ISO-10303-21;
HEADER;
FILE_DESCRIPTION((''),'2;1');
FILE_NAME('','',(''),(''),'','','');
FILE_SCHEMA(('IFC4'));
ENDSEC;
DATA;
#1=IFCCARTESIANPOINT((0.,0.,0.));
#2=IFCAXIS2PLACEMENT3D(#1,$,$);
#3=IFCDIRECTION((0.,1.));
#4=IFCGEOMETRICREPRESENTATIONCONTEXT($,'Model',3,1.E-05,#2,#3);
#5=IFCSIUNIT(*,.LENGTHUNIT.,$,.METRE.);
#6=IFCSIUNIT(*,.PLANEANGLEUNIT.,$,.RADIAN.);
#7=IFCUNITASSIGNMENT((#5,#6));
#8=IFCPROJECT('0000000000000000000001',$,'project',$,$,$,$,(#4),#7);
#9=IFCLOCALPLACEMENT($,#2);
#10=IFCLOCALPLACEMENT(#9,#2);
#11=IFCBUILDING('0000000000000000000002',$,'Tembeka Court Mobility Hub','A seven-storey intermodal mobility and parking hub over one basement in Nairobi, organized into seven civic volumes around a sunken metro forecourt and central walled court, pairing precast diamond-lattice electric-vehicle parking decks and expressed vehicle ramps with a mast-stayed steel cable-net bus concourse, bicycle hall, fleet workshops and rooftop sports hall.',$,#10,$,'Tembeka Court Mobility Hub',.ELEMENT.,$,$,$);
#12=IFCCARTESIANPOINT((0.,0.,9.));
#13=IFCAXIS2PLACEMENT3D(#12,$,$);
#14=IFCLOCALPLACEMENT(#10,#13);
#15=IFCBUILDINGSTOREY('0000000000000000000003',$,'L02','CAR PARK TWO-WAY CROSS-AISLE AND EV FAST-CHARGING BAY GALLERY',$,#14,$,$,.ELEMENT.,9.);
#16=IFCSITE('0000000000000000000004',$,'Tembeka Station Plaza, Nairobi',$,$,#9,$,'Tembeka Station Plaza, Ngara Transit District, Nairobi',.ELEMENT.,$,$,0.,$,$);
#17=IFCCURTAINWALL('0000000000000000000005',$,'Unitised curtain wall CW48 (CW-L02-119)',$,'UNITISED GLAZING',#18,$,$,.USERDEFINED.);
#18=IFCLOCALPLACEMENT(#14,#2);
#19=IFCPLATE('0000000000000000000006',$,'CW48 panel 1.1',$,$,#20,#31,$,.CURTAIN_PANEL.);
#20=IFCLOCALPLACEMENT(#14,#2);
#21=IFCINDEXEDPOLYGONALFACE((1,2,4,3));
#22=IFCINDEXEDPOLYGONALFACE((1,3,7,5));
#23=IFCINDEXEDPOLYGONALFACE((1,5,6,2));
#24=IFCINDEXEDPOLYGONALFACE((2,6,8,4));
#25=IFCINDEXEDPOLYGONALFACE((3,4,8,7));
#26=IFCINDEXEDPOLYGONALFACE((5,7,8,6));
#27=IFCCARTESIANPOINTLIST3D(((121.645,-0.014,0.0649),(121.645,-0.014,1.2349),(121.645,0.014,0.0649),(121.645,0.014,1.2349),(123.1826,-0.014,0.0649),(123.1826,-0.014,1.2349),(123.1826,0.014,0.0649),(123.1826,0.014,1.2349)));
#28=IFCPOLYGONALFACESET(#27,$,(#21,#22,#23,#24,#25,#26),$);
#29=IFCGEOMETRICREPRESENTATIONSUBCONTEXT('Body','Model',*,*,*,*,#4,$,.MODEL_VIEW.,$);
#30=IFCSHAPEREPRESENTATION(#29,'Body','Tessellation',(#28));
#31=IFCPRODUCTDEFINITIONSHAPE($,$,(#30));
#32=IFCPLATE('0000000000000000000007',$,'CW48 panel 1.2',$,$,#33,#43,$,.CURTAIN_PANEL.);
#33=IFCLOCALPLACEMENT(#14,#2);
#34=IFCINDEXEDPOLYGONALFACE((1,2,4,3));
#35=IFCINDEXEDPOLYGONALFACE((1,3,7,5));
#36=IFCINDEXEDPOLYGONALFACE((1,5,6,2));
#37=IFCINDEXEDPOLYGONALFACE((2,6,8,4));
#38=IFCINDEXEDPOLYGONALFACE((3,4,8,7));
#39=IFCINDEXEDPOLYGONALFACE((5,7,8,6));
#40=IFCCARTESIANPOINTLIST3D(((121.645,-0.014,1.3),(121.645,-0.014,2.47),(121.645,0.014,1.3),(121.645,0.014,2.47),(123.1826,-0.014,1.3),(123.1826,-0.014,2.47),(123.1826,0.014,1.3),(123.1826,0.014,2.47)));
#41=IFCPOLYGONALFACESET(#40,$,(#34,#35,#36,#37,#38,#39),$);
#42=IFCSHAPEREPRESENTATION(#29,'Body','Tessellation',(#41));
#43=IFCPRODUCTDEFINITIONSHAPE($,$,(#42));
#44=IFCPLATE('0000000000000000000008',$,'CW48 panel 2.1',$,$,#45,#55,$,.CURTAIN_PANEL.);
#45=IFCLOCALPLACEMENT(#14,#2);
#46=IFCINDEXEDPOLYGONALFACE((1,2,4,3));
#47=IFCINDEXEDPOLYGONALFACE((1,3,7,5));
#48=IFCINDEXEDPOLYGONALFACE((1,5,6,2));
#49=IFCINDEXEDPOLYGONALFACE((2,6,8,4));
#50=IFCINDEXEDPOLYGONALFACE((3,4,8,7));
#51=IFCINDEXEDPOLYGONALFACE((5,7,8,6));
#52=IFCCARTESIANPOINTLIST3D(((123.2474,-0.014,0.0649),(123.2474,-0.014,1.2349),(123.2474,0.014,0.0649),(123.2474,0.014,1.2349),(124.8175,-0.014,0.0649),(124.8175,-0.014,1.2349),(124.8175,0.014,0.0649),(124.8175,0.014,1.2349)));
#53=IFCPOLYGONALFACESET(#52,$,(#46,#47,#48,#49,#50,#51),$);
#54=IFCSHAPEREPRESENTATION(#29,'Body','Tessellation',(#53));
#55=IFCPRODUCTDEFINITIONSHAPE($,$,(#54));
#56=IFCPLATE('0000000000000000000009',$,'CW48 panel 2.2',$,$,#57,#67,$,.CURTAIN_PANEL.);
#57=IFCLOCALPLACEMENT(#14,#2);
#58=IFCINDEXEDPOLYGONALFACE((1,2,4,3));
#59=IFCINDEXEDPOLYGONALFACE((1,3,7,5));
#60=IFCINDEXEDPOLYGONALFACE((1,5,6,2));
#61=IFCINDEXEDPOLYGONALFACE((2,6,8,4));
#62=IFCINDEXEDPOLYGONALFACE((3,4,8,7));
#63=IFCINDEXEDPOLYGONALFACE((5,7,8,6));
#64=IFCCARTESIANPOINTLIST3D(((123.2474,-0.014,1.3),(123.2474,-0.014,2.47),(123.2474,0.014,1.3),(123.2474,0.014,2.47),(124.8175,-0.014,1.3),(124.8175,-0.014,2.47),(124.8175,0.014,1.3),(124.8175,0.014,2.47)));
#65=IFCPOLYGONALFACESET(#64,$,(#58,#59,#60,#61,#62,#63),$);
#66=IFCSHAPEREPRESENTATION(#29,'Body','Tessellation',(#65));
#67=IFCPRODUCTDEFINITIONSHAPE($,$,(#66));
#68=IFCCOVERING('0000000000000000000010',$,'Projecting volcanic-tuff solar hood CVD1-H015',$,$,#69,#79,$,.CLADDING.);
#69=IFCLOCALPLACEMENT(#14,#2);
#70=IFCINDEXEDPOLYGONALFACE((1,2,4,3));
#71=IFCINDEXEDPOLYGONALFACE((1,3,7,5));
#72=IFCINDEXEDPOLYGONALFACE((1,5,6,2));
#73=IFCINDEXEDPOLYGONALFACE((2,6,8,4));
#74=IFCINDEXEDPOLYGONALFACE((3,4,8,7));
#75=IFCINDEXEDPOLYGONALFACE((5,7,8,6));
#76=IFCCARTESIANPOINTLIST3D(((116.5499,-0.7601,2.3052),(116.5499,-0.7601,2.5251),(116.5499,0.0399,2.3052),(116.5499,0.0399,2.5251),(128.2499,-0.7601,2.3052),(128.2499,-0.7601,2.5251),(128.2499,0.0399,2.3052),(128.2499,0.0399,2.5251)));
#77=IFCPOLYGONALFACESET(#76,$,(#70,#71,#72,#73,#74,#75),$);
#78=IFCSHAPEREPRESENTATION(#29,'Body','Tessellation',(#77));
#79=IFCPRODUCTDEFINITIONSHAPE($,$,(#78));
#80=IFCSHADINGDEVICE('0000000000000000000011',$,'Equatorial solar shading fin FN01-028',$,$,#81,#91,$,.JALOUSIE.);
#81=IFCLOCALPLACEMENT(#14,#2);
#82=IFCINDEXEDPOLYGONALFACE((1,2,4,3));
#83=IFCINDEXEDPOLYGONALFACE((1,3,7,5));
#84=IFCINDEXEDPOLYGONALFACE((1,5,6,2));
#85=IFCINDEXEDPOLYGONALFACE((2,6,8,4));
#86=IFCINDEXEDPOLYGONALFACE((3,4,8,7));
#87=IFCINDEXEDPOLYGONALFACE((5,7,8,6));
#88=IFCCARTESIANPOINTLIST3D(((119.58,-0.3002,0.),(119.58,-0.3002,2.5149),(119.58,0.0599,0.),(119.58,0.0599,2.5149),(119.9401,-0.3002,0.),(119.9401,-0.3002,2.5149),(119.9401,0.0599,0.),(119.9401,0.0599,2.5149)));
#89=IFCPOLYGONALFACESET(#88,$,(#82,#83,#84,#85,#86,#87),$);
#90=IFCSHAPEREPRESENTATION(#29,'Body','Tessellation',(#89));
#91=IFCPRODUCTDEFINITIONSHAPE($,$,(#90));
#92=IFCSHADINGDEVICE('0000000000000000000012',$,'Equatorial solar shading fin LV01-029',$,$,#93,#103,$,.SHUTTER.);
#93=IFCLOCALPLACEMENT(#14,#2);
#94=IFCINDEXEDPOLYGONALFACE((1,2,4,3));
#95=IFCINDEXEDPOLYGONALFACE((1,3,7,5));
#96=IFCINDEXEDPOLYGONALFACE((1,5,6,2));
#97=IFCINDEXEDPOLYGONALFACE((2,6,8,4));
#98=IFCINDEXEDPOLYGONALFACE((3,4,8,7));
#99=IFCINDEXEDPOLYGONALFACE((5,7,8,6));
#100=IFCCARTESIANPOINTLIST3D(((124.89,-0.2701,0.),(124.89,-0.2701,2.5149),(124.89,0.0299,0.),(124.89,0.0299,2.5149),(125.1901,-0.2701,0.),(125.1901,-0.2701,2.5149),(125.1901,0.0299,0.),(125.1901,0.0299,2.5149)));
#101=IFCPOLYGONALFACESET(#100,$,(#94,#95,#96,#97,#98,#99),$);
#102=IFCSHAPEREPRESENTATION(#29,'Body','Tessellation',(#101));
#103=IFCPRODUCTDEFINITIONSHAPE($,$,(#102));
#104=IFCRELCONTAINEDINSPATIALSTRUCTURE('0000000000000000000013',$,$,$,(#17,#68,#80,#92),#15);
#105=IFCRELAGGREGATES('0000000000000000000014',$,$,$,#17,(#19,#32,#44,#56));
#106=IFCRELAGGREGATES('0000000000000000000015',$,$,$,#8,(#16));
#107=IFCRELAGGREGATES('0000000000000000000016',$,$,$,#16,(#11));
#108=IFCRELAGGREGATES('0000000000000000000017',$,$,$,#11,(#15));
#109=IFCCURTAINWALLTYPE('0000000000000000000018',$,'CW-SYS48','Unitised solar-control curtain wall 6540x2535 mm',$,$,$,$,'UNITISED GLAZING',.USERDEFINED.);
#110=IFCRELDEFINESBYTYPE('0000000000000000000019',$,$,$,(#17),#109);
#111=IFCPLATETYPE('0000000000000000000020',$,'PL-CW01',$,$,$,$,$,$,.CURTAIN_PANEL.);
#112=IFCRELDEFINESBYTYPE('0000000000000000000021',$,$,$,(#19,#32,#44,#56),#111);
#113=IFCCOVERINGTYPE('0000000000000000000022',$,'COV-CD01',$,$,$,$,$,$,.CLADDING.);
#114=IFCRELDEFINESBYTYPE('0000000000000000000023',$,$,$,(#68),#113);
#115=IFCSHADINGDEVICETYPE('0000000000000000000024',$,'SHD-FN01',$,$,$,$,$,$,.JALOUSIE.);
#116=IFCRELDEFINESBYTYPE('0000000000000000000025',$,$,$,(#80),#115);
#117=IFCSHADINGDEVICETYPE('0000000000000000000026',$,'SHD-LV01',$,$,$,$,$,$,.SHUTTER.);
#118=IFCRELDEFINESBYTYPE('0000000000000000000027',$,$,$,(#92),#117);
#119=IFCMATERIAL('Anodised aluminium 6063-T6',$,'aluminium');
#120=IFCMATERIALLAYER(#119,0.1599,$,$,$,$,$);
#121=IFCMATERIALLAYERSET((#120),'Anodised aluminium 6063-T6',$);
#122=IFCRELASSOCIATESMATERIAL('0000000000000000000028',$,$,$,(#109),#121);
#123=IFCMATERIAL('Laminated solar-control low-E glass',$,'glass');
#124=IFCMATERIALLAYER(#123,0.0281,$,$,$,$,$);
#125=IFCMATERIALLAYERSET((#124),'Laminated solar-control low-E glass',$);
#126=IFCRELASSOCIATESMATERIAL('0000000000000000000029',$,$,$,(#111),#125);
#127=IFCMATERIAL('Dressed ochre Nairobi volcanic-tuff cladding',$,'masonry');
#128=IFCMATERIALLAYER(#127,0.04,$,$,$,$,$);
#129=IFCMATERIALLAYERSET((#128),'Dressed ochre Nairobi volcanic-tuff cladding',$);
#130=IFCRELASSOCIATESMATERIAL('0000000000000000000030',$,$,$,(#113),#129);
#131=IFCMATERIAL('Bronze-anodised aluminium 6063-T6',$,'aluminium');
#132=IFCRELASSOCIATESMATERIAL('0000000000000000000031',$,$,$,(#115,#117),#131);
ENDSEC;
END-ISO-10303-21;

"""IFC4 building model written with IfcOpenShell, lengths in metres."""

from ifc_helpers import new_model, si_unit, direction, frame, origin, origin_2d, place, context, subcontext, project, spatial, rectangle, extrude, material, layer, layer_set, material_profile, profile_set, type_object, element, aggregate, save


model = new_model("IFC4")

# Units and contexts
model_context = context("Model", 3, precision=1e-05, world=origin(), true_north=direction((0.0, 1.0)))
body_context = subcontext(model_context, "Body", "Model", "MODEL_VIEW")
ifc_project = project(units=[si_unit("LENGTHUNIT", "METRE"), si_unit("PLANEANGLEUNIT", "RADIAN")], contexts=[model_context])

# Site, building, storey
site_placement = place(None, origin())
site = spatial("IfcSite", under=ifc_project, at=site_placement, Name="Tembeka Station Plaza, Nairobi", LongName="Tembeka Station Plaza, Ngara Transit District, Nairobi", CompositionType="ELEMENT", RefElevation=0.0)
building_placement = place(site_placement, origin())
building = spatial("IfcBuilding", under=site, at=building_placement, Name="Tembeka Court Mobility Hub", Description="A seven-storey intermodal mobility and parking hub over one basement in Nairobi, organized into seven civic volumes around a sunken metro forecourt and central walled court, pairing precast diamond-lattice electric-vehicle parking decks and expressed vehicle ramps with a mast-stayed steel cable-net bus concourse, bicycle hall, fleet workshops and rooftop sports hall.", LongName="Tembeka Court Mobility Hub", CompositionType="ELEMENT")
storey_placement = place(building_placement, frame((0.0, 0.0, 9.0)))
storey = spatial("IfcBuildingStorey", under=building, at=storey_placement, Name="L02", Description="CAR PARK TWO-WAY CROSS-AISLE AND EV FAST-CHARGING BAY GALLERY", CompositionType="ELEMENT", Elevation=9.0)

# Curtain wall
ifc_material_1 = material(Name="Anodised aluminium 6063-T6", Category="aluminium")
ifc_layer_1 = layer(ifc_material_1, 0.1599)
ifc_layer_set_1 = layer_set([ifc_layer_1], Name="Anodised aluminium 6063-T6")
curtain_wall_type_1 = type_object("IfcCurtainWallType", Name="CW-SYS48", Description="Unitised solar-control curtain wall 6540x2535 mm", ElementType="UNITISED GLAZING", PredefinedType="USERDEFINED", material=ifc_layer_set_1)
curtain_wall_1_placement = place(storey_placement, origin())
curtain_wall_1 = element("IfcCurtainWall", 1, at=curtain_wall_1_placement, inside=storey, type_object=curtain_wall_type_1, Name="Unitised curtain wall CW48 (CW-L02-119)", ObjectType="UNITISED GLAZING", PredefinedType="USERDEFINED")

# Plates
ifc_material_2 = material(Name="Laminated solar-control low-E glass", Category="glass")
ifc_layer_2 = layer(ifc_material_2, 0.0281)
ifc_layer_set_2 = layer_set([ifc_layer_2], Name="Laminated solar-control low-E glass")
plate_type = type_object("IfcPlateType", Name="PL-CW01", PredefinedType="CURTAIN_PANEL", material=ifc_layer_set_2)
plate_1_placement = place(storey_placement, frame((122.4138, 0.0, 0.0649), z_axis=(0.0, 0.0, 1.0), x_axis=(1.0, 0.0, 0.0)))
plate_1 = element("IfcPlate", 2, at=plate_1_placement, type_object=plate_type, Name="CW48 panel 1.1", PredefinedType="CURTAIN_PANEL", context=body_context, shape_type="SweptSolid", body=[
    extrude(rectangle(XDim=1.5376, YDim=0.0281, at=origin_2d()), origin(), (0.0, 0.0, 1.0), 1.1699),
])
plate_2_placement = place(storey_placement, frame((122.4138, 0.0, 1.3), z_axis=(0.0, 0.0, 1.0), x_axis=(1.0, 0.0, 0.0)))
plate_2 = element("IfcPlate", 3, at=plate_2_placement, type_object=plate_type, Name="CW48 panel 1.2", PredefinedType="CURTAIN_PANEL", context=body_context, shape_type="SweptSolid", body=[
    extrude(rectangle(XDim=1.5376, YDim=0.0281, at=origin_2d()), origin(), (0.0, 0.0, 1.0), 1.1699),
])
plate_3_placement = place(storey_placement, frame((124.0325, 0.0, 0.0649), z_axis=(0.0, 0.0, 1.0), x_axis=(1.0, 0.0, 0.0)))
plate_3 = element("IfcPlate", 4, at=plate_3_placement, type_object=plate_type, Name="CW48 panel 2.1", PredefinedType="CURTAIN_PANEL", context=body_context, shape_type="SweptSolid", body=[
    extrude(rectangle(XDim=1.5701, YDim=0.0281, at=origin_2d()), origin(), (0.0, 0.0, 1.0), 1.1699),
])
plate_4_placement = place(storey_placement, frame((124.0325, 0.0, 1.3), z_axis=(0.0, 0.0, 1.0), x_axis=(1.0, 0.0, 0.0)))
plate_4 = element("IfcPlate", 5, at=plate_4_placement, type_object=plate_type, Name="CW48 panel 2.2", PredefinedType="CURTAIN_PANEL", context=body_context, shape_type="SweptSolid", body=[
    extrude(rectangle(XDim=1.5701, YDim=0.0281, at=origin_2d()), origin(), (0.0, 0.0, 1.0), 1.1699),
])
aggregate(curtain_wall_1, [plate_1, plate_2, plate_3, plate_4])

# Covering
ifc_material_3 = material(Name="Dressed ochre Nairobi volcanic-tuff cladding", Category="masonry")
ifc_layer_3 = layer(ifc_material_3, 0.04)
ifc_layer_set_3 = layer_set([ifc_layer_3], Name="Dressed ochre Nairobi volcanic-tuff cladding")
covering_type = type_object("IfcCoveringType", Name="COV-CD01", PredefinedType="CLADDING", material=ifc_layer_set_3)
covering_placement = place(storey_placement, frame((122.3999, -0.3601, 2.3052), z_axis=(0.0, 0.0, 1.0), x_axis=(1.0, 0.0, 0.0)))
element("IfcCovering", 6, at=covering_placement, inside=storey, type_object=covering_type, Name="Projecting volcanic-tuff solar hood CVD1-H015", PredefinedType="CLADDING", context=body_context, shape_type="SweptSolid", body=[
    extrude(rectangle(XDim=11.7, YDim=0.8, at=origin_2d()), origin(), (0.0, 0.0, 1.0), 0.22),
])

# Shading devices
ifc_material_4 = material(Name="Bronze-anodised aluminium 6063-T6", Category="aluminium")
ifc_material_profile_1 = material_profile(ifc_material_4, rectangle(XDim=0.3601, YDim=0.3601, at=origin_2d()), Name="ALU-FIN 360x360")
ifc_profile_set_1 = profile_set([ifc_material_profile_1], Name="Bronze-anodised aluminium 6063-T6")
shading_device_type_1 = type_object("IfcShadingDeviceType", Name="SHD-FN01", PredefinedType="JALOUSIE", material=ifc_profile_set_1)
shading_device_1_placement = place(storey_placement, frame((119.76, -0.1201, 0.0), z_axis=(0.0, 0.0, 1.0), x_axis=(1.0, 0.0, 0.0)))
element("IfcShadingDevice", 7, at=shading_device_1_placement, inside=storey, type_object=shading_device_type_1, Name="Equatorial solar shading fin FN01-028", PredefinedType="JALOUSIE", context=body_context, shape_type="SweptSolid", body=[
    extrude(rectangle(XDim=0.3601, YDim=0.3601, at=origin_2d()), origin(), (0.0, 0.0, 1.0), 2.5149),
])
ifc_material_profile_2 = material_profile(ifc_material_4, rectangle(XDim=0.3, YDim=0.3, at=origin_2d()), Name="ALU-LVR 300x300")
ifc_profile_set_2 = profile_set([ifc_material_profile_2], Name="Bronze-anodised aluminium 6063-T6")
shading_device_type_2 = type_object("IfcShadingDeviceType", Name="SHD-LV01", PredefinedType="SHUTTER", material=ifc_profile_set_2)
shading_device_2_placement = place(storey_placement, frame((125.04, -0.1201, 0.0), z_axis=(0.0, 0.0, 1.0), x_axis=(1.0, 0.0, 0.0)))
element("IfcShadingDevice", 8, at=shading_device_2_placement, inside=storey, type_object=shading_device_type_2, Name="Equatorial solar shading fin LV01-029", PredefinedType="SHUTTER", context=body_context, shape_type="SweptSolid", body=[
    extrude(rectangle(XDim=0.3, YDim=0.3, at=origin_2d()), origin(), (0.0, 0.0, 1.0), 2.5149),
])

save(model, "model.ifc")
